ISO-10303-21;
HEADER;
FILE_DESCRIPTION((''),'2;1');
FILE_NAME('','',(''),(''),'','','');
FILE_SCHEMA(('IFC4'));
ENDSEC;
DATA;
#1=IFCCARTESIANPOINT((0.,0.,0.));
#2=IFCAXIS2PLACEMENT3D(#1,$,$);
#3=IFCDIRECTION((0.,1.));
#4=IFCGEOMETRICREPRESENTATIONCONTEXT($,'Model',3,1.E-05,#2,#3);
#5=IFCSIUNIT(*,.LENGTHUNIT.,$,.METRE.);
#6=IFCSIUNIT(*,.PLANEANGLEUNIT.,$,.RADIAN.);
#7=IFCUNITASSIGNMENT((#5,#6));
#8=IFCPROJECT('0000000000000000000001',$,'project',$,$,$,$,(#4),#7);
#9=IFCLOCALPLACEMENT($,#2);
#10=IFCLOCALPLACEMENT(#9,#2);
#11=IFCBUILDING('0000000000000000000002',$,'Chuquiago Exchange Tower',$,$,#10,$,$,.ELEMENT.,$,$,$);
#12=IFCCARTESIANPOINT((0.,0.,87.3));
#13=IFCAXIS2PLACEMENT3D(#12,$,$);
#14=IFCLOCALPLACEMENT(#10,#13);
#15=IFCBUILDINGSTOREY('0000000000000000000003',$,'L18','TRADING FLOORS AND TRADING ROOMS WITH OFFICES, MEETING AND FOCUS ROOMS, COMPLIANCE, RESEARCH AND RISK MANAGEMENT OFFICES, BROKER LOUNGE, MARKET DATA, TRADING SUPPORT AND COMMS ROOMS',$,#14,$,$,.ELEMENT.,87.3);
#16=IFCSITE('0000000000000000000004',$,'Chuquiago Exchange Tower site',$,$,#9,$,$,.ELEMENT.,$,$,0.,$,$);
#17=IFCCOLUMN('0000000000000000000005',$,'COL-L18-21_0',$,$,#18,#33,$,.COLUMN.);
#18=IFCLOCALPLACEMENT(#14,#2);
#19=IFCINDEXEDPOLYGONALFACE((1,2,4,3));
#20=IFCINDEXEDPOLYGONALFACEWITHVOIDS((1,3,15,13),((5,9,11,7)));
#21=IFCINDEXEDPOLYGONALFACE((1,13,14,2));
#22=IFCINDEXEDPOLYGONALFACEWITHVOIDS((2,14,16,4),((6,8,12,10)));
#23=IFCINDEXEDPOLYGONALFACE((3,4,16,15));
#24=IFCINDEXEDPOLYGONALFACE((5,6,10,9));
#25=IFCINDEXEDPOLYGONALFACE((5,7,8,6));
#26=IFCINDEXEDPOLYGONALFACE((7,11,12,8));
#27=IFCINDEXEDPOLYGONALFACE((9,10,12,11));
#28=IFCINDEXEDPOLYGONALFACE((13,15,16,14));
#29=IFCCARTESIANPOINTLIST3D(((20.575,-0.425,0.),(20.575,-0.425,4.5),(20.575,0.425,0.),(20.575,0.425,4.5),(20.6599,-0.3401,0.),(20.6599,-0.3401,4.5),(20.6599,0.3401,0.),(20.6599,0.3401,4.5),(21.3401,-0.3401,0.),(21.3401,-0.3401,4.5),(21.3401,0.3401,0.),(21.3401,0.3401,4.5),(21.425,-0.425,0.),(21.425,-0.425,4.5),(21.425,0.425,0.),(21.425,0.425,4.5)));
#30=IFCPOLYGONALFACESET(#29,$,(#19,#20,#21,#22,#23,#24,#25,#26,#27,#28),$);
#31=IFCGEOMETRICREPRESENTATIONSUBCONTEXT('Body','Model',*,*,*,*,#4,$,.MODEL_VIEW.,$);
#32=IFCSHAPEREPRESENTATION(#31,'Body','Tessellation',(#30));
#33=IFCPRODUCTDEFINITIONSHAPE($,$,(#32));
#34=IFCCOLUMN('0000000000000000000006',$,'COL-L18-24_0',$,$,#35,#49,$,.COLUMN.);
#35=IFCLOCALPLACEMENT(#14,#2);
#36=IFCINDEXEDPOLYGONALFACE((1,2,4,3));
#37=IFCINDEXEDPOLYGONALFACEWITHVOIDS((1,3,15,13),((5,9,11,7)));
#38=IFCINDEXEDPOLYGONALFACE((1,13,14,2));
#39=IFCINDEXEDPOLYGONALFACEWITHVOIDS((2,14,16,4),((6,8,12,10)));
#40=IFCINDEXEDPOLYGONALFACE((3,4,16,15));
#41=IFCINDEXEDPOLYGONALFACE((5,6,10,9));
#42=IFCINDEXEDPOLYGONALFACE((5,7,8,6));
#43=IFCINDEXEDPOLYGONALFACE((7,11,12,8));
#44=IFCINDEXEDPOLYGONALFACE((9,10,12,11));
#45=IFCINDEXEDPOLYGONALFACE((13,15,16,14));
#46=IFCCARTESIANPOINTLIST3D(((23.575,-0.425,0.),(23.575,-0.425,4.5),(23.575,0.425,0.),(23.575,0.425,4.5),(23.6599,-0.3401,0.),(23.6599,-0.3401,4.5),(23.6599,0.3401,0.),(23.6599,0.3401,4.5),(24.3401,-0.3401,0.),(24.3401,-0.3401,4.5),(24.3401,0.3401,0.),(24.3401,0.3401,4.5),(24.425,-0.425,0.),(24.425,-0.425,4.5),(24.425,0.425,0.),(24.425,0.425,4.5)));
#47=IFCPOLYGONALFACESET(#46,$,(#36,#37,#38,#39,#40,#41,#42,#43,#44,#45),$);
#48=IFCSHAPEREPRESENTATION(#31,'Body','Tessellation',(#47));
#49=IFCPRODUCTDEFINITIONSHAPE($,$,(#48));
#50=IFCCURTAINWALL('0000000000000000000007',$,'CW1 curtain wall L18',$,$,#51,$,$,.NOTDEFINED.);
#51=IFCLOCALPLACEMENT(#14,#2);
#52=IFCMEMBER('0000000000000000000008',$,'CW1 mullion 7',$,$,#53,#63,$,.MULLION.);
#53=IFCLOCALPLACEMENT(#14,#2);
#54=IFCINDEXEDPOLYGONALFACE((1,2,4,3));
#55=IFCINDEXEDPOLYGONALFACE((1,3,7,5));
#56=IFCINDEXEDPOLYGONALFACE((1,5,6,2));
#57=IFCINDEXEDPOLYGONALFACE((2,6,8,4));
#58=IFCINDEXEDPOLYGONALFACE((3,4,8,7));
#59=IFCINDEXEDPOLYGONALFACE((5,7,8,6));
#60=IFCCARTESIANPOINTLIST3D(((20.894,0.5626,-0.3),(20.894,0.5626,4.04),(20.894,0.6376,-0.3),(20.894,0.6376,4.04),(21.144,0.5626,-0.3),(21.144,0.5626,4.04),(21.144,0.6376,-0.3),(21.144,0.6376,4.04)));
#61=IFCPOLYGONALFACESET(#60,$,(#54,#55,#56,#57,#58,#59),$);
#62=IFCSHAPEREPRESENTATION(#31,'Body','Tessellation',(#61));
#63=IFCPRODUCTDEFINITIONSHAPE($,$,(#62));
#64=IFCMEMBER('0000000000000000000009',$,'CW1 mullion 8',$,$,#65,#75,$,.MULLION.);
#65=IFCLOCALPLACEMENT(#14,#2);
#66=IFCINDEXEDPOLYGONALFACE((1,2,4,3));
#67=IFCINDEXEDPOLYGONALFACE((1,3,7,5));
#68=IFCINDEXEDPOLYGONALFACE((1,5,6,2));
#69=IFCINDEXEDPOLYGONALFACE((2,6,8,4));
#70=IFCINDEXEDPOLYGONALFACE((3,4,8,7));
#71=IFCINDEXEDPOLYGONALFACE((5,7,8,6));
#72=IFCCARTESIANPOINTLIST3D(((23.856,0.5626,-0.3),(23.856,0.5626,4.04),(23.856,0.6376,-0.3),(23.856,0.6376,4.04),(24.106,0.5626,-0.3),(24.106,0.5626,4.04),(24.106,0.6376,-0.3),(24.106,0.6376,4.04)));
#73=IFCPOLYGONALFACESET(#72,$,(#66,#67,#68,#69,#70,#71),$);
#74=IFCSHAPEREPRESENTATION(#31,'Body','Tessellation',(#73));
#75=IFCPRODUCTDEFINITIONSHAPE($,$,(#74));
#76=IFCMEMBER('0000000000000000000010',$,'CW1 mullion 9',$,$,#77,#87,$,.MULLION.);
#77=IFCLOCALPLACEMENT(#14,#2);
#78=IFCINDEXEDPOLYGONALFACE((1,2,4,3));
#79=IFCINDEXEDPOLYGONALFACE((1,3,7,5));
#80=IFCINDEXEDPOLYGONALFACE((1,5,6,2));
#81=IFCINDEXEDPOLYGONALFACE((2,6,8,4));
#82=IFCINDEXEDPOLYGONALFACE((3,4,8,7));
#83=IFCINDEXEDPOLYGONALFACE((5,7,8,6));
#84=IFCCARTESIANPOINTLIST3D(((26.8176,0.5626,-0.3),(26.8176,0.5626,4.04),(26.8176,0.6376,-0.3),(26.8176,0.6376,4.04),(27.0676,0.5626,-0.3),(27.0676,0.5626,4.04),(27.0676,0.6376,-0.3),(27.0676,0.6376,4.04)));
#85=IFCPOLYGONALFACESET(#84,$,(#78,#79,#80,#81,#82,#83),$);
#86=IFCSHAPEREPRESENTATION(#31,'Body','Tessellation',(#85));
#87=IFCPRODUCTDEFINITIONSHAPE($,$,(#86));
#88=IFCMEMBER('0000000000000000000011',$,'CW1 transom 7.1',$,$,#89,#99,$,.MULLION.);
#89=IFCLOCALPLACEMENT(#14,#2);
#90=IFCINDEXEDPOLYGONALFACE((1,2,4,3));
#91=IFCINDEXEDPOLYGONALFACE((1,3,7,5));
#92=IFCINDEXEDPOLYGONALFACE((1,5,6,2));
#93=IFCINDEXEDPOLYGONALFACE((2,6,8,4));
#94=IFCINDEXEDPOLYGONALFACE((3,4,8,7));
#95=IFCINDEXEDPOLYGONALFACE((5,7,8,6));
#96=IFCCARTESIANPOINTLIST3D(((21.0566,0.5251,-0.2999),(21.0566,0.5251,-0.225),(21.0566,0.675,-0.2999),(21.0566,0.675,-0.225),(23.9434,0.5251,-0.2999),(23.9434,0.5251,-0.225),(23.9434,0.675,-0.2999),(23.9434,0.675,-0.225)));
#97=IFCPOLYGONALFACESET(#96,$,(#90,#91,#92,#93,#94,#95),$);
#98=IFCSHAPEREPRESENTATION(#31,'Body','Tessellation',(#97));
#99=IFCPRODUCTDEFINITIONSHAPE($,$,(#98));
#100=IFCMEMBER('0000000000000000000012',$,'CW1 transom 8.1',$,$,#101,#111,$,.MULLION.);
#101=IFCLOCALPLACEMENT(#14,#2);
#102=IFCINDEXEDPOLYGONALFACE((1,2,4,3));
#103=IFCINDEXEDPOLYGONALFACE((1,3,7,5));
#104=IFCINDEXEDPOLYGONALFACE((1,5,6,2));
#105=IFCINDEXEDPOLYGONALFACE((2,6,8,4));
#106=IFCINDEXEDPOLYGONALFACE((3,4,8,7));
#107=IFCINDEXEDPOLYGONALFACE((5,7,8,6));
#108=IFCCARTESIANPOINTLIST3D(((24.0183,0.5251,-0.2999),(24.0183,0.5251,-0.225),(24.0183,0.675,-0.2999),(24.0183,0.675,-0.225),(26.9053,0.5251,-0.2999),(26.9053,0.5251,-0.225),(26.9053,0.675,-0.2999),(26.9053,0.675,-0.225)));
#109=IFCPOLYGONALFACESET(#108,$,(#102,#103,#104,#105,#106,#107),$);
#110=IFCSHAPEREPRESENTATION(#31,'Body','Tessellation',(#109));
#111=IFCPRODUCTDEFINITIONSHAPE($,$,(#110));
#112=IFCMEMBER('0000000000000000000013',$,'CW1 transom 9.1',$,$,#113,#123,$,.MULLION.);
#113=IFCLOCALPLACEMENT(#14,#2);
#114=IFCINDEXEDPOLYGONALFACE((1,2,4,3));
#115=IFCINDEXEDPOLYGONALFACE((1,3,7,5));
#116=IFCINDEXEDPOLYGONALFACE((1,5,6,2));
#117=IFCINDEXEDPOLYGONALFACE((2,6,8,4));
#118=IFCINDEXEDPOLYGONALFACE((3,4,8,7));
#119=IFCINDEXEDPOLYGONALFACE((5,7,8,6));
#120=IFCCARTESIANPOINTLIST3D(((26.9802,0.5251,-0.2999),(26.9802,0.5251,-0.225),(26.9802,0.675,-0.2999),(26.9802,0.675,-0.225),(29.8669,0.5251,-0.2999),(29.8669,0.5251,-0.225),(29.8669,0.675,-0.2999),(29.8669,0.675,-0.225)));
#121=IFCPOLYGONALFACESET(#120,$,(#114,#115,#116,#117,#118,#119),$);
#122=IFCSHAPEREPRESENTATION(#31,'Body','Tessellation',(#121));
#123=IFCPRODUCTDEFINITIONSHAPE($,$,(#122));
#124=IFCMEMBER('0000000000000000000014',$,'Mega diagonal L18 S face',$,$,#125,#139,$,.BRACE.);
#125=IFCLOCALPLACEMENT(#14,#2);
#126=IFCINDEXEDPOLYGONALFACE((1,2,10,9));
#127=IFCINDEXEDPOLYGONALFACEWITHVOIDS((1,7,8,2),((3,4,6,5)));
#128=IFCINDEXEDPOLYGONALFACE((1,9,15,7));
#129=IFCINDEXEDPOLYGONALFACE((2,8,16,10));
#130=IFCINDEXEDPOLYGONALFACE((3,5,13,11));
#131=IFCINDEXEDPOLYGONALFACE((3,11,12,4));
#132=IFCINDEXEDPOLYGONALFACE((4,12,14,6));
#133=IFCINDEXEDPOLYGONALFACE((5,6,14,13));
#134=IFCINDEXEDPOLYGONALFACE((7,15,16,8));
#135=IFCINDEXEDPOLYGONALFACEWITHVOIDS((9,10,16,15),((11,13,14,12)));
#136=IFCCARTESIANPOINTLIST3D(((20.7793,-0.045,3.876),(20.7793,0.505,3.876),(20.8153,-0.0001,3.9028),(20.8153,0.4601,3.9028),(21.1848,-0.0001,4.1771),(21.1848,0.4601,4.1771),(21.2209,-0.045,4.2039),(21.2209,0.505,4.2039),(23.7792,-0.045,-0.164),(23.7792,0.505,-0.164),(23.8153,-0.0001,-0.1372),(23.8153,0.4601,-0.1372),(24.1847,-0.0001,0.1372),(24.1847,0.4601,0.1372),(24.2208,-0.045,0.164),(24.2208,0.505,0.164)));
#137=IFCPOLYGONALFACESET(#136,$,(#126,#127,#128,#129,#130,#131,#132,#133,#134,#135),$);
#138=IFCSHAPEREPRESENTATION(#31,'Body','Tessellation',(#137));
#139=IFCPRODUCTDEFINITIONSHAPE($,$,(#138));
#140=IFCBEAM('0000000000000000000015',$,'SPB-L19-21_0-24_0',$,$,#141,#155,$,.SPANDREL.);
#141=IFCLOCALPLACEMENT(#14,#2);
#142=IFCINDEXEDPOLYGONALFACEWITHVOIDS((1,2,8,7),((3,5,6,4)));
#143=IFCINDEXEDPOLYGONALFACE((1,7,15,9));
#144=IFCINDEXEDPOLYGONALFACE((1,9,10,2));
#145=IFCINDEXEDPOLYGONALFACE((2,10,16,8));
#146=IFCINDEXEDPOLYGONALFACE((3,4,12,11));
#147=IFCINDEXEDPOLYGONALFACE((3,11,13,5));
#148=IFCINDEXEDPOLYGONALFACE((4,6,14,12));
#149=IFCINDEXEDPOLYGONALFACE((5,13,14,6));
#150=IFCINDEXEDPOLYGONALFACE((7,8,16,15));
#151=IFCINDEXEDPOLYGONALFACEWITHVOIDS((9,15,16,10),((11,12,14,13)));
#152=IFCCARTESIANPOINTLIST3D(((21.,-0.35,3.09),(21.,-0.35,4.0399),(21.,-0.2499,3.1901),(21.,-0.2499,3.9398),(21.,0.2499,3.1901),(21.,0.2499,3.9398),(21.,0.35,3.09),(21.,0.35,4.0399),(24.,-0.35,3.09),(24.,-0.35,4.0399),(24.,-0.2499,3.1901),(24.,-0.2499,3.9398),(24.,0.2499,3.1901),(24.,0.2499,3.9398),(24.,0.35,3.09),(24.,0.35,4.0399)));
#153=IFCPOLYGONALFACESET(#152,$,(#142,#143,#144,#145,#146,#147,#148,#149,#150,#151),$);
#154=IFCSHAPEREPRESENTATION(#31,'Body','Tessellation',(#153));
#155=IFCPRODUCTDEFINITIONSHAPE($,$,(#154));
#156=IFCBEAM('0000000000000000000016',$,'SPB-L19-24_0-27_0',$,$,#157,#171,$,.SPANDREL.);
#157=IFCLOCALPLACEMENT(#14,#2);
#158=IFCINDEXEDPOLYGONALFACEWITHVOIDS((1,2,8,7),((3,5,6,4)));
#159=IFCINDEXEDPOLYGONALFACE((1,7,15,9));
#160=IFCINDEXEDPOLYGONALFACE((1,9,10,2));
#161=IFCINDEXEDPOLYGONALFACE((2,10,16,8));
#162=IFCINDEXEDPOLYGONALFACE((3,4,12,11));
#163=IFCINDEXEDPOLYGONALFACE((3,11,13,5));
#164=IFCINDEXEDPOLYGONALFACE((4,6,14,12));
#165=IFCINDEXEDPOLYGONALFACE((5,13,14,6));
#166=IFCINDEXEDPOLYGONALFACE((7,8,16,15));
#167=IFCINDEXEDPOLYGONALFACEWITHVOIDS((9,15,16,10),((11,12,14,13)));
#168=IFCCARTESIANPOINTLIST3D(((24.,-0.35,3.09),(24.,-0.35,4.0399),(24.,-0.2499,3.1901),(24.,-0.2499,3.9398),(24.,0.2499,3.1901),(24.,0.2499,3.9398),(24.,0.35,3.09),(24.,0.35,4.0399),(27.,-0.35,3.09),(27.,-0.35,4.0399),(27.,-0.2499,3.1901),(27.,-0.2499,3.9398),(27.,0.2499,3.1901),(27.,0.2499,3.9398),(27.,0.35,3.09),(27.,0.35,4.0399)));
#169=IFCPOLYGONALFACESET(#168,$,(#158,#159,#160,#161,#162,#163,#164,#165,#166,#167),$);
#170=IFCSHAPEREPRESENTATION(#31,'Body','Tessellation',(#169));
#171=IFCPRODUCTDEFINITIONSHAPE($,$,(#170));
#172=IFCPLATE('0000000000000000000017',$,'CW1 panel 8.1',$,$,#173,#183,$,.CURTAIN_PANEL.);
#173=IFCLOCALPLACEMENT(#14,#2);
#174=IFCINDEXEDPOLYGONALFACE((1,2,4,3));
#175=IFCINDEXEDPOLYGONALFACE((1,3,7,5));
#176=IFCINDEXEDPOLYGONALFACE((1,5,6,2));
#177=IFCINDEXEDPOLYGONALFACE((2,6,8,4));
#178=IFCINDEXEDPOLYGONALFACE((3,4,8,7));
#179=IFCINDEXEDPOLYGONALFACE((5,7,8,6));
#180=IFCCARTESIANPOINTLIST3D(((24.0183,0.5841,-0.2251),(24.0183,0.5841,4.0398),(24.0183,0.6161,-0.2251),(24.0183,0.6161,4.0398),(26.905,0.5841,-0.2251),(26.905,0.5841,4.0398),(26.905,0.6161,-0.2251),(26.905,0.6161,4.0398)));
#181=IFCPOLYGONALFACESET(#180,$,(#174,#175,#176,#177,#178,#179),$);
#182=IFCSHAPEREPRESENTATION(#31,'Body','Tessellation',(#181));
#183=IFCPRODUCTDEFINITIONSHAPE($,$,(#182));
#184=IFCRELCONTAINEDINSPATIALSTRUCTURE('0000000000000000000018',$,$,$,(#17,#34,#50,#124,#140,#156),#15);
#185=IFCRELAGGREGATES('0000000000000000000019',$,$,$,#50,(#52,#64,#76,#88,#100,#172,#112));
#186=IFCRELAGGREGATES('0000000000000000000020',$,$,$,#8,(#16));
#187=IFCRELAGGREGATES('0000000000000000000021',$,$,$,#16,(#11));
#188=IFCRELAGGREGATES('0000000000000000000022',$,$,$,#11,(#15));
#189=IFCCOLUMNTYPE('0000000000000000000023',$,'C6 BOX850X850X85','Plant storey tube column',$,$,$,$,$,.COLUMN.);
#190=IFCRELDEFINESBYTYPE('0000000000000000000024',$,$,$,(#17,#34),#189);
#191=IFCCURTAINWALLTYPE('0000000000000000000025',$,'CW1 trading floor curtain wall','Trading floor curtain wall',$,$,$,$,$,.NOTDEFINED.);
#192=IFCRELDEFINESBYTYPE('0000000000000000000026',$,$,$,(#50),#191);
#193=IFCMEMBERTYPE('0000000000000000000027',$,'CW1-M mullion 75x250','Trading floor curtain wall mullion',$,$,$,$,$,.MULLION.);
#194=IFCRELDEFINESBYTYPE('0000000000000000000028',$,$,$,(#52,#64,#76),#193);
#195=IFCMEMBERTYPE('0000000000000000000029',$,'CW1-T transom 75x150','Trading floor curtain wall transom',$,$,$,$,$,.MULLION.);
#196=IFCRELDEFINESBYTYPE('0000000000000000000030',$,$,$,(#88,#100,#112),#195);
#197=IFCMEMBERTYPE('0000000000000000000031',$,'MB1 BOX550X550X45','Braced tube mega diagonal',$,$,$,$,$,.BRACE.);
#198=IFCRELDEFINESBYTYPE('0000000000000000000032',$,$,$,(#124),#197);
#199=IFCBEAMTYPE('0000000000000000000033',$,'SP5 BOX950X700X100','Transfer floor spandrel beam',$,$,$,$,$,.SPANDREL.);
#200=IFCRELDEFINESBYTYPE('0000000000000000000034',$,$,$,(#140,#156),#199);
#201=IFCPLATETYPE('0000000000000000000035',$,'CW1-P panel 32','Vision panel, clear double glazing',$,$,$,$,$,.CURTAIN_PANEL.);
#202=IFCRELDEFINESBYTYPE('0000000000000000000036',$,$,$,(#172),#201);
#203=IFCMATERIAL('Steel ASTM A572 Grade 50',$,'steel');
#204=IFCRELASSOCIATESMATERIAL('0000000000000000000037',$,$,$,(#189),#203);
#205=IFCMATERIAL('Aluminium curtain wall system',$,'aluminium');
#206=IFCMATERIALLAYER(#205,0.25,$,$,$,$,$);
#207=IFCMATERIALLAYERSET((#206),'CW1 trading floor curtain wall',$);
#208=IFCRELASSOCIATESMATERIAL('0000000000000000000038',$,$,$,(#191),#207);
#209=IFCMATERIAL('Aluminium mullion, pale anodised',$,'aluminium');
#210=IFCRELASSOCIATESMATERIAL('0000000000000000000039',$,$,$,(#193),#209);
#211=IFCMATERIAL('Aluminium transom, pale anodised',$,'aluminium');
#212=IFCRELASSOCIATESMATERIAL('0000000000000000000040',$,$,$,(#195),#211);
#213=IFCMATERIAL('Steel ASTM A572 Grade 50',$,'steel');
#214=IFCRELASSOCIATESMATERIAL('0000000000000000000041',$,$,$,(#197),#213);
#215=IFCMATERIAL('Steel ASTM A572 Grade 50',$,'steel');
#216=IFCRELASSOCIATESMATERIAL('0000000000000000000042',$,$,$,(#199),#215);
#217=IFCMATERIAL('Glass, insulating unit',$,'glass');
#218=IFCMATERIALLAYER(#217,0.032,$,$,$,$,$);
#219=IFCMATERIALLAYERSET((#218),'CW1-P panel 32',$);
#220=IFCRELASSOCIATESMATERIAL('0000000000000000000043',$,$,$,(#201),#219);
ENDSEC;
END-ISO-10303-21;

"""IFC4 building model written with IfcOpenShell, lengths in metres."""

from ifc_helpers import new_model, si_unit, direction, frame, origin, origin_2d, place, context, subcontext, project, spatial, rectangle, hollow_rectangle, extrude, material, layer, layer_set, material_profile, profile_set, type_object, element, aggregate, save


model = new_model("IFC4")

# Units and contexts
model_context = context("Model", 3, precision=1e-05, world=origin(), true_north=direction((0.0, 1.0)))
body_context = subcontext(model_context, "Body", "Model", "MODEL_VIEW")
ifc_project = project(units=[si_unit("LENGTHUNIT", "METRE"), si_unit("PLANEANGLEUNIT", "RADIAN")], contexts=[model_context])

# Site, building, storey
site_placement = place(None, origin())
site = spatial("IfcSite", under=ifc_project, at=site_placement, Name="Chuquiago Exchange Tower site", CompositionType="ELEMENT", RefElevation=0.0)
building_placement = place(site_placement, origin())
building = spatial("IfcBuilding", under=site, at=building_placement, Name="Chuquiago Exchange Tower", CompositionType="ELEMENT")
storey_placement = place(building_placement, frame((0.0, 0.0, 87.3)))
storey = spatial("IfcBuildingStorey", under=building, at=storey_placement, Name="L18", Description="TRADING FLOORS AND TRADING ROOMS WITH OFFICES, MEETING AND FOCUS ROOMS, COMPLIANCE, RESEARCH AND RISK MANAGEMENT OFFICES, BROKER LOUNGE, MARKET DATA, TRADING SUPPORT AND COMMS ROOMS", CompositionType="ELEMENT", Elevation=87.3)

# Columns
ifc_material_1 = material(Name="Steel ASTM A572 Grade 50", Category="steel")
ifc_material_profile_1 = material_profile(ifc_material_1, hollow_rectangle(XDim=0.8501, YDim=0.8501, WallThickness=0.085, at=origin_2d()), Name="BOX850X850X85")
ifc_profile_set_1 = profile_set([ifc_material_profile_1], Name="Steel ASTM A572 Grade 50")
column_type = type_object("IfcColumnType", Name="C6 BOX850X850X85", Description="Plant storey tube column", PredefinedType="COLUMN", material=ifc_profile_set_1)
for number, where, z_axis, x_axis, name in (
    (1, (21.0, 0.0, 0.0), (0.0, 0.0, 1.0), (0.0, -1.0, 0.0), "COL-L18-21_0"),
    (2, (24.0, 0.0, 0.0), (0.0, 0.0, 1.0), (0.0, -1.0, 0.0), "COL-L18-24_0"),
):
    element("IfcColumn", number, at=place(storey_placement, frame(where, z_axis=z_axis, x_axis=x_axis)), inside=storey, type_object=column_type, Name=name, PredefinedType="COLUMN", context=body_context, shape_type="SweptSolid", body=[
        extrude(hollow_rectangle(XDim=0.8501, YDim=0.8501, WallThickness=0.085, at=origin_2d()), origin(), (0.0, 0.0, 1.0), 4.5),
    ])

# Curtain wall, members
ifc_material_2 = material(Name="Aluminium curtain wall system", Category="aluminium")
ifc_layer_1 = layer(ifc_material_2, 0.25)
ifc_layer_set_1 = layer_set([ifc_layer_1], Name="CW1 trading floor curtain wall")
curtain_wall_type = type_object("IfcCurtainWallType", Name="CW1 trading floor curtain wall", Description="Trading floor curtain wall", PredefinedType="NOTDEFINED", material=ifc_layer_set_1)
curtain_wall_placement = place(storey_placement, origin())
curtain_wall = element("IfcCurtainWall", 3, at=curtain_wall_placement, inside=storey, type_object=curtain_wall_type, Name="CW1 curtain wall L18", PredefinedType="NOTDEFINED")
ifc_material_3 = material(Name="Aluminium mullion, pale anodised", Category="aluminium")
ifc_material_profile_2 = material_profile(ifc_material_3, rectangle(XDim=0.075, YDim=0.25, at=origin_2d()), Name="AL 75x250")
ifc_profile_set_2 = profile_set([ifc_material_profile_2], Name="Aluminium mullion, pale anodised")
member_type_1 = type_object("IfcMemberType", Name="CW1-M mullion 75x250", Description="Trading floor curtain wall mullion", PredefinedType="MULLION", material=ifc_profile_set_2)
member_1_placement = place(storey_placement, frame((21.019, 0.6001, -0.3), z_axis=(0.0, 0.0, 1.0), x_axis=(0.0, 1.0, 0.0)))
member_1 = element("IfcMember", 4, at=member_1_placement, type_object=member_type_1, Name="CW1 mullion 7", PredefinedType="MULLION", context=body_context, shape_type="SweptSolid", body=[
    extrude(rectangle(XDim=0.075, YDim=0.25, at=origin_2d()), origin(), (0.0, 0.0, 1.0), 4.3401),
])
member_2_placement = place(storey_placement, frame((23.981, 0.6001, -0.3), z_axis=(0.0, 0.0, 1.0), x_axis=(0.0, 1.0, 0.0)))
member_2 = element("IfcMember", 5, at=member_2_placement, type_object=member_type_1, Name="CW1 mullion 8", PredefinedType="MULLION", context=body_context, shape_type="SweptSolid", body=[
    extrude(rectangle(XDim=0.075, YDim=0.25, at=origin_2d()), origin(), (0.0, 0.0, 1.0), 4.3401),
])
member_3_placement = place(storey_placement, frame((26.9426, 0.6001, -0.3), z_axis=(0.0, 0.0, 1.0), x_axis=(0.0, 1.0, 0.0)))
member_3 = element("IfcMember", 6, at=member_3_placement, type_object=member_type_1, Name="CW1 mullion 9", PredefinedType="MULLION", context=body_context, shape_type="SweptSolid", body=[
    extrude(rectangle(XDim=0.075, YDim=0.25, at=origin_2d()), origin(), (0.0, 0.0, 1.0), 4.3401),
])
ifc_material_4 = material(Name="Aluminium transom, pale anodised", Category="aluminium")
ifc_material_profile_3 = material_profile(ifc_material_4, rectangle(XDim=0.1499, YDim=0.075, at=origin_2d()), Name="AL 150x75")
ifc_profile_set_3 = profile_set([ifc_material_profile_3], Name="Aluminium transom, pale anodised")
member_type_2 = type_object("IfcMemberType", Name="CW1-T transom 75x150", Description="Trading floor curtain wall transom", PredefinedType="MULLION", material=ifc_profile_set_3)
member_4_placement = place(storey_placement, frame((21.0566, 0.6001, -0.2625), z_axis=(1.0, 0.0, 0.0), x_axis=(0.0, 1.0, 0.0)))
member_4 = element("IfcMember", 7, at=member_4_placement, type_object=member_type_2, Name="CW1 transom 7.1", PredefinedType="MULLION", context=body_context, shape_type="SweptSolid", body=[
    extrude(rectangle(XDim=0.1499, YDim=0.075, at=origin_2d()), origin(), (0.0, 0.0, 1.0), 2.8867),
])
member_5_placement = place(storey_placement, frame((24.0183, 0.6001, -0.2625), z_axis=(1.0, 0.0, 0.0), x_axis=(0.0, 1.0, 0.0)))
member_5 = element("IfcMember", 8, at=member_5_placement, type_object=member_type_2, Name="CW1 transom 8.1", PredefinedType="MULLION", context=body_context, shape_type="SweptSolid", body=[
    extrude(rectangle(XDim=0.1499, YDim=0.075, at=origin_2d()), origin(), (0.0, 0.0, 1.0), 2.887),
])
member_6_placement = place(storey_placement, frame((26.9802, 0.6001, -0.2625), z_axis=(1.0, 0.0, 0.0), x_axis=(0.0, 1.0, 0.0)))
member_6 = element("IfcMember", 9, at=member_6_placement, type_object=member_type_2, Name="CW1 transom 9.1", PredefinedType="MULLION", context=body_context, shape_type="SweptSolid", body=[
    extrude(rectangle(XDim=0.1499, YDim=0.075, at=origin_2d()), origin(), (0.0, 0.0, 1.0), 2.8867),
])

# Member
ifc_material_5 = material(Name="Steel ASTM A572 Grade 50", Category="steel")
ifc_material_profile_4 = material_profile(ifc_material_5, hollow_rectangle(XDim=0.55, YDim=0.55, WallThickness=0.0449, at=origin_2d()), Name="BOX550X550X45")
ifc_profile_set_4 = profile_set([ifc_material_profile_4], Name="Steel ASTM A572 Grade 50")
member_type_3 = type_object("IfcMemberType", Name="MB1 BOX550X550X45", Description="Braced tube mega diagonal", PredefinedType="BRACE", material=ifc_profile_set_4)
member_7_placement = place(storey_placement, frame((24.0, 0.23, 0.0), z_axis=(-0.596174, 0.0, 0.802855), x_axis=(0.0, -1.0, 0.0)))
element("IfcMember", 10, at=member_7_placement, inside=storey, type_object=member_type_3, Name="Mega diagonal L18 S face", PredefinedType="BRACE", context=body_context, shape_type="SweptSolid", body=[
    extrude(hollow_rectangle(XDim=0.55, YDim=0.55, WallThickness=0.0449, at=origin_2d()), origin(), (0.0, 0.0, 1.0), 5.032),
])

# Beams
ifc_material_6 = material(Name="Steel ASTM A572 Grade 50", Category="steel")
ifc_material_profile_5 = material_profile(ifc_material_6, hollow_rectangle(XDim=0.7, YDim=0.95, WallThickness=0.1001, at=origin_2d()), Name="BOX950X700X100")
ifc_profile_set_5 = profile_set([ifc_material_profile_5], Name="Steel ASTM A572 Grade 50")
beam_type = type_object("IfcBeamType", Name="SP5 BOX950X700X100", Description="Transfer floor spandrel beam", PredefinedType="SPANDREL", material=ifc_profile_set_5)
for number, where, z_axis, x_axis, name in (
    (11, (21.0, 0.0, 3.5649), (1.0, 0.0, 0.0), (0.0, 1.0, 0.0), "SPB-L19-21_0-24_0"),
    (12, (24.0, 0.0, 3.5649), (1.0, 0.0, 0.0), (0.0, 1.0, 0.0), "SPB-L19-24_0-27_0"),
):
    element("IfcBeam", number, at=place(storey_placement, frame(where, z_axis=z_axis, x_axis=x_axis)), inside=storey, type_object=beam_type, Name=name, PredefinedType="SPANDREL", context=body_context, shape_type="SweptSolid", body=[
        extrude(hollow_rectangle(XDim=0.7, YDim=0.95, WallThickness=0.1001, at=origin_2d()), origin(), (0.0, 0.0, 1.0), 3.0),
    ])

# Plate
ifc_material_7 = material(Name="Glass, insulating unit", Category="glass")
ifc_layer_2 = layer(ifc_material_7, 0.032)
ifc_layer_set_2 = layer_set([ifc_layer_2], Name="CW1-P panel 32")
plate_type_1 = type_object("IfcPlateType", Name="CW1-P panel 32", Description="Vision panel, clear double glazing", PredefinedType="CURTAIN_PANEL", material=ifc_layer_set_2)
plate_1_placement = place(storey_placement, frame((25.4617, 0.6001, -0.2251), z_axis=(0.0, 0.0, 1.0), x_axis=(1.0, 0.0, 0.0)))
plate_1 = element("IfcPlate", 13, at=plate_1_placement, type_object=plate_type_1, Name="CW1 panel 8.1", PredefinedType="CURTAIN_PANEL", context=body_context, shape_type="SweptSolid", body=[
    extrude(rectangle(XDim=2.8867, YDim=0.032, at=origin_2d()), origin(), (0.0, 0.0, 1.0), 4.2649),
])
aggregate(curtain_wall, [member_1, member_2, member_3, member_4, member_5, plate_1, member_6])

save(model, "model.ifc")
